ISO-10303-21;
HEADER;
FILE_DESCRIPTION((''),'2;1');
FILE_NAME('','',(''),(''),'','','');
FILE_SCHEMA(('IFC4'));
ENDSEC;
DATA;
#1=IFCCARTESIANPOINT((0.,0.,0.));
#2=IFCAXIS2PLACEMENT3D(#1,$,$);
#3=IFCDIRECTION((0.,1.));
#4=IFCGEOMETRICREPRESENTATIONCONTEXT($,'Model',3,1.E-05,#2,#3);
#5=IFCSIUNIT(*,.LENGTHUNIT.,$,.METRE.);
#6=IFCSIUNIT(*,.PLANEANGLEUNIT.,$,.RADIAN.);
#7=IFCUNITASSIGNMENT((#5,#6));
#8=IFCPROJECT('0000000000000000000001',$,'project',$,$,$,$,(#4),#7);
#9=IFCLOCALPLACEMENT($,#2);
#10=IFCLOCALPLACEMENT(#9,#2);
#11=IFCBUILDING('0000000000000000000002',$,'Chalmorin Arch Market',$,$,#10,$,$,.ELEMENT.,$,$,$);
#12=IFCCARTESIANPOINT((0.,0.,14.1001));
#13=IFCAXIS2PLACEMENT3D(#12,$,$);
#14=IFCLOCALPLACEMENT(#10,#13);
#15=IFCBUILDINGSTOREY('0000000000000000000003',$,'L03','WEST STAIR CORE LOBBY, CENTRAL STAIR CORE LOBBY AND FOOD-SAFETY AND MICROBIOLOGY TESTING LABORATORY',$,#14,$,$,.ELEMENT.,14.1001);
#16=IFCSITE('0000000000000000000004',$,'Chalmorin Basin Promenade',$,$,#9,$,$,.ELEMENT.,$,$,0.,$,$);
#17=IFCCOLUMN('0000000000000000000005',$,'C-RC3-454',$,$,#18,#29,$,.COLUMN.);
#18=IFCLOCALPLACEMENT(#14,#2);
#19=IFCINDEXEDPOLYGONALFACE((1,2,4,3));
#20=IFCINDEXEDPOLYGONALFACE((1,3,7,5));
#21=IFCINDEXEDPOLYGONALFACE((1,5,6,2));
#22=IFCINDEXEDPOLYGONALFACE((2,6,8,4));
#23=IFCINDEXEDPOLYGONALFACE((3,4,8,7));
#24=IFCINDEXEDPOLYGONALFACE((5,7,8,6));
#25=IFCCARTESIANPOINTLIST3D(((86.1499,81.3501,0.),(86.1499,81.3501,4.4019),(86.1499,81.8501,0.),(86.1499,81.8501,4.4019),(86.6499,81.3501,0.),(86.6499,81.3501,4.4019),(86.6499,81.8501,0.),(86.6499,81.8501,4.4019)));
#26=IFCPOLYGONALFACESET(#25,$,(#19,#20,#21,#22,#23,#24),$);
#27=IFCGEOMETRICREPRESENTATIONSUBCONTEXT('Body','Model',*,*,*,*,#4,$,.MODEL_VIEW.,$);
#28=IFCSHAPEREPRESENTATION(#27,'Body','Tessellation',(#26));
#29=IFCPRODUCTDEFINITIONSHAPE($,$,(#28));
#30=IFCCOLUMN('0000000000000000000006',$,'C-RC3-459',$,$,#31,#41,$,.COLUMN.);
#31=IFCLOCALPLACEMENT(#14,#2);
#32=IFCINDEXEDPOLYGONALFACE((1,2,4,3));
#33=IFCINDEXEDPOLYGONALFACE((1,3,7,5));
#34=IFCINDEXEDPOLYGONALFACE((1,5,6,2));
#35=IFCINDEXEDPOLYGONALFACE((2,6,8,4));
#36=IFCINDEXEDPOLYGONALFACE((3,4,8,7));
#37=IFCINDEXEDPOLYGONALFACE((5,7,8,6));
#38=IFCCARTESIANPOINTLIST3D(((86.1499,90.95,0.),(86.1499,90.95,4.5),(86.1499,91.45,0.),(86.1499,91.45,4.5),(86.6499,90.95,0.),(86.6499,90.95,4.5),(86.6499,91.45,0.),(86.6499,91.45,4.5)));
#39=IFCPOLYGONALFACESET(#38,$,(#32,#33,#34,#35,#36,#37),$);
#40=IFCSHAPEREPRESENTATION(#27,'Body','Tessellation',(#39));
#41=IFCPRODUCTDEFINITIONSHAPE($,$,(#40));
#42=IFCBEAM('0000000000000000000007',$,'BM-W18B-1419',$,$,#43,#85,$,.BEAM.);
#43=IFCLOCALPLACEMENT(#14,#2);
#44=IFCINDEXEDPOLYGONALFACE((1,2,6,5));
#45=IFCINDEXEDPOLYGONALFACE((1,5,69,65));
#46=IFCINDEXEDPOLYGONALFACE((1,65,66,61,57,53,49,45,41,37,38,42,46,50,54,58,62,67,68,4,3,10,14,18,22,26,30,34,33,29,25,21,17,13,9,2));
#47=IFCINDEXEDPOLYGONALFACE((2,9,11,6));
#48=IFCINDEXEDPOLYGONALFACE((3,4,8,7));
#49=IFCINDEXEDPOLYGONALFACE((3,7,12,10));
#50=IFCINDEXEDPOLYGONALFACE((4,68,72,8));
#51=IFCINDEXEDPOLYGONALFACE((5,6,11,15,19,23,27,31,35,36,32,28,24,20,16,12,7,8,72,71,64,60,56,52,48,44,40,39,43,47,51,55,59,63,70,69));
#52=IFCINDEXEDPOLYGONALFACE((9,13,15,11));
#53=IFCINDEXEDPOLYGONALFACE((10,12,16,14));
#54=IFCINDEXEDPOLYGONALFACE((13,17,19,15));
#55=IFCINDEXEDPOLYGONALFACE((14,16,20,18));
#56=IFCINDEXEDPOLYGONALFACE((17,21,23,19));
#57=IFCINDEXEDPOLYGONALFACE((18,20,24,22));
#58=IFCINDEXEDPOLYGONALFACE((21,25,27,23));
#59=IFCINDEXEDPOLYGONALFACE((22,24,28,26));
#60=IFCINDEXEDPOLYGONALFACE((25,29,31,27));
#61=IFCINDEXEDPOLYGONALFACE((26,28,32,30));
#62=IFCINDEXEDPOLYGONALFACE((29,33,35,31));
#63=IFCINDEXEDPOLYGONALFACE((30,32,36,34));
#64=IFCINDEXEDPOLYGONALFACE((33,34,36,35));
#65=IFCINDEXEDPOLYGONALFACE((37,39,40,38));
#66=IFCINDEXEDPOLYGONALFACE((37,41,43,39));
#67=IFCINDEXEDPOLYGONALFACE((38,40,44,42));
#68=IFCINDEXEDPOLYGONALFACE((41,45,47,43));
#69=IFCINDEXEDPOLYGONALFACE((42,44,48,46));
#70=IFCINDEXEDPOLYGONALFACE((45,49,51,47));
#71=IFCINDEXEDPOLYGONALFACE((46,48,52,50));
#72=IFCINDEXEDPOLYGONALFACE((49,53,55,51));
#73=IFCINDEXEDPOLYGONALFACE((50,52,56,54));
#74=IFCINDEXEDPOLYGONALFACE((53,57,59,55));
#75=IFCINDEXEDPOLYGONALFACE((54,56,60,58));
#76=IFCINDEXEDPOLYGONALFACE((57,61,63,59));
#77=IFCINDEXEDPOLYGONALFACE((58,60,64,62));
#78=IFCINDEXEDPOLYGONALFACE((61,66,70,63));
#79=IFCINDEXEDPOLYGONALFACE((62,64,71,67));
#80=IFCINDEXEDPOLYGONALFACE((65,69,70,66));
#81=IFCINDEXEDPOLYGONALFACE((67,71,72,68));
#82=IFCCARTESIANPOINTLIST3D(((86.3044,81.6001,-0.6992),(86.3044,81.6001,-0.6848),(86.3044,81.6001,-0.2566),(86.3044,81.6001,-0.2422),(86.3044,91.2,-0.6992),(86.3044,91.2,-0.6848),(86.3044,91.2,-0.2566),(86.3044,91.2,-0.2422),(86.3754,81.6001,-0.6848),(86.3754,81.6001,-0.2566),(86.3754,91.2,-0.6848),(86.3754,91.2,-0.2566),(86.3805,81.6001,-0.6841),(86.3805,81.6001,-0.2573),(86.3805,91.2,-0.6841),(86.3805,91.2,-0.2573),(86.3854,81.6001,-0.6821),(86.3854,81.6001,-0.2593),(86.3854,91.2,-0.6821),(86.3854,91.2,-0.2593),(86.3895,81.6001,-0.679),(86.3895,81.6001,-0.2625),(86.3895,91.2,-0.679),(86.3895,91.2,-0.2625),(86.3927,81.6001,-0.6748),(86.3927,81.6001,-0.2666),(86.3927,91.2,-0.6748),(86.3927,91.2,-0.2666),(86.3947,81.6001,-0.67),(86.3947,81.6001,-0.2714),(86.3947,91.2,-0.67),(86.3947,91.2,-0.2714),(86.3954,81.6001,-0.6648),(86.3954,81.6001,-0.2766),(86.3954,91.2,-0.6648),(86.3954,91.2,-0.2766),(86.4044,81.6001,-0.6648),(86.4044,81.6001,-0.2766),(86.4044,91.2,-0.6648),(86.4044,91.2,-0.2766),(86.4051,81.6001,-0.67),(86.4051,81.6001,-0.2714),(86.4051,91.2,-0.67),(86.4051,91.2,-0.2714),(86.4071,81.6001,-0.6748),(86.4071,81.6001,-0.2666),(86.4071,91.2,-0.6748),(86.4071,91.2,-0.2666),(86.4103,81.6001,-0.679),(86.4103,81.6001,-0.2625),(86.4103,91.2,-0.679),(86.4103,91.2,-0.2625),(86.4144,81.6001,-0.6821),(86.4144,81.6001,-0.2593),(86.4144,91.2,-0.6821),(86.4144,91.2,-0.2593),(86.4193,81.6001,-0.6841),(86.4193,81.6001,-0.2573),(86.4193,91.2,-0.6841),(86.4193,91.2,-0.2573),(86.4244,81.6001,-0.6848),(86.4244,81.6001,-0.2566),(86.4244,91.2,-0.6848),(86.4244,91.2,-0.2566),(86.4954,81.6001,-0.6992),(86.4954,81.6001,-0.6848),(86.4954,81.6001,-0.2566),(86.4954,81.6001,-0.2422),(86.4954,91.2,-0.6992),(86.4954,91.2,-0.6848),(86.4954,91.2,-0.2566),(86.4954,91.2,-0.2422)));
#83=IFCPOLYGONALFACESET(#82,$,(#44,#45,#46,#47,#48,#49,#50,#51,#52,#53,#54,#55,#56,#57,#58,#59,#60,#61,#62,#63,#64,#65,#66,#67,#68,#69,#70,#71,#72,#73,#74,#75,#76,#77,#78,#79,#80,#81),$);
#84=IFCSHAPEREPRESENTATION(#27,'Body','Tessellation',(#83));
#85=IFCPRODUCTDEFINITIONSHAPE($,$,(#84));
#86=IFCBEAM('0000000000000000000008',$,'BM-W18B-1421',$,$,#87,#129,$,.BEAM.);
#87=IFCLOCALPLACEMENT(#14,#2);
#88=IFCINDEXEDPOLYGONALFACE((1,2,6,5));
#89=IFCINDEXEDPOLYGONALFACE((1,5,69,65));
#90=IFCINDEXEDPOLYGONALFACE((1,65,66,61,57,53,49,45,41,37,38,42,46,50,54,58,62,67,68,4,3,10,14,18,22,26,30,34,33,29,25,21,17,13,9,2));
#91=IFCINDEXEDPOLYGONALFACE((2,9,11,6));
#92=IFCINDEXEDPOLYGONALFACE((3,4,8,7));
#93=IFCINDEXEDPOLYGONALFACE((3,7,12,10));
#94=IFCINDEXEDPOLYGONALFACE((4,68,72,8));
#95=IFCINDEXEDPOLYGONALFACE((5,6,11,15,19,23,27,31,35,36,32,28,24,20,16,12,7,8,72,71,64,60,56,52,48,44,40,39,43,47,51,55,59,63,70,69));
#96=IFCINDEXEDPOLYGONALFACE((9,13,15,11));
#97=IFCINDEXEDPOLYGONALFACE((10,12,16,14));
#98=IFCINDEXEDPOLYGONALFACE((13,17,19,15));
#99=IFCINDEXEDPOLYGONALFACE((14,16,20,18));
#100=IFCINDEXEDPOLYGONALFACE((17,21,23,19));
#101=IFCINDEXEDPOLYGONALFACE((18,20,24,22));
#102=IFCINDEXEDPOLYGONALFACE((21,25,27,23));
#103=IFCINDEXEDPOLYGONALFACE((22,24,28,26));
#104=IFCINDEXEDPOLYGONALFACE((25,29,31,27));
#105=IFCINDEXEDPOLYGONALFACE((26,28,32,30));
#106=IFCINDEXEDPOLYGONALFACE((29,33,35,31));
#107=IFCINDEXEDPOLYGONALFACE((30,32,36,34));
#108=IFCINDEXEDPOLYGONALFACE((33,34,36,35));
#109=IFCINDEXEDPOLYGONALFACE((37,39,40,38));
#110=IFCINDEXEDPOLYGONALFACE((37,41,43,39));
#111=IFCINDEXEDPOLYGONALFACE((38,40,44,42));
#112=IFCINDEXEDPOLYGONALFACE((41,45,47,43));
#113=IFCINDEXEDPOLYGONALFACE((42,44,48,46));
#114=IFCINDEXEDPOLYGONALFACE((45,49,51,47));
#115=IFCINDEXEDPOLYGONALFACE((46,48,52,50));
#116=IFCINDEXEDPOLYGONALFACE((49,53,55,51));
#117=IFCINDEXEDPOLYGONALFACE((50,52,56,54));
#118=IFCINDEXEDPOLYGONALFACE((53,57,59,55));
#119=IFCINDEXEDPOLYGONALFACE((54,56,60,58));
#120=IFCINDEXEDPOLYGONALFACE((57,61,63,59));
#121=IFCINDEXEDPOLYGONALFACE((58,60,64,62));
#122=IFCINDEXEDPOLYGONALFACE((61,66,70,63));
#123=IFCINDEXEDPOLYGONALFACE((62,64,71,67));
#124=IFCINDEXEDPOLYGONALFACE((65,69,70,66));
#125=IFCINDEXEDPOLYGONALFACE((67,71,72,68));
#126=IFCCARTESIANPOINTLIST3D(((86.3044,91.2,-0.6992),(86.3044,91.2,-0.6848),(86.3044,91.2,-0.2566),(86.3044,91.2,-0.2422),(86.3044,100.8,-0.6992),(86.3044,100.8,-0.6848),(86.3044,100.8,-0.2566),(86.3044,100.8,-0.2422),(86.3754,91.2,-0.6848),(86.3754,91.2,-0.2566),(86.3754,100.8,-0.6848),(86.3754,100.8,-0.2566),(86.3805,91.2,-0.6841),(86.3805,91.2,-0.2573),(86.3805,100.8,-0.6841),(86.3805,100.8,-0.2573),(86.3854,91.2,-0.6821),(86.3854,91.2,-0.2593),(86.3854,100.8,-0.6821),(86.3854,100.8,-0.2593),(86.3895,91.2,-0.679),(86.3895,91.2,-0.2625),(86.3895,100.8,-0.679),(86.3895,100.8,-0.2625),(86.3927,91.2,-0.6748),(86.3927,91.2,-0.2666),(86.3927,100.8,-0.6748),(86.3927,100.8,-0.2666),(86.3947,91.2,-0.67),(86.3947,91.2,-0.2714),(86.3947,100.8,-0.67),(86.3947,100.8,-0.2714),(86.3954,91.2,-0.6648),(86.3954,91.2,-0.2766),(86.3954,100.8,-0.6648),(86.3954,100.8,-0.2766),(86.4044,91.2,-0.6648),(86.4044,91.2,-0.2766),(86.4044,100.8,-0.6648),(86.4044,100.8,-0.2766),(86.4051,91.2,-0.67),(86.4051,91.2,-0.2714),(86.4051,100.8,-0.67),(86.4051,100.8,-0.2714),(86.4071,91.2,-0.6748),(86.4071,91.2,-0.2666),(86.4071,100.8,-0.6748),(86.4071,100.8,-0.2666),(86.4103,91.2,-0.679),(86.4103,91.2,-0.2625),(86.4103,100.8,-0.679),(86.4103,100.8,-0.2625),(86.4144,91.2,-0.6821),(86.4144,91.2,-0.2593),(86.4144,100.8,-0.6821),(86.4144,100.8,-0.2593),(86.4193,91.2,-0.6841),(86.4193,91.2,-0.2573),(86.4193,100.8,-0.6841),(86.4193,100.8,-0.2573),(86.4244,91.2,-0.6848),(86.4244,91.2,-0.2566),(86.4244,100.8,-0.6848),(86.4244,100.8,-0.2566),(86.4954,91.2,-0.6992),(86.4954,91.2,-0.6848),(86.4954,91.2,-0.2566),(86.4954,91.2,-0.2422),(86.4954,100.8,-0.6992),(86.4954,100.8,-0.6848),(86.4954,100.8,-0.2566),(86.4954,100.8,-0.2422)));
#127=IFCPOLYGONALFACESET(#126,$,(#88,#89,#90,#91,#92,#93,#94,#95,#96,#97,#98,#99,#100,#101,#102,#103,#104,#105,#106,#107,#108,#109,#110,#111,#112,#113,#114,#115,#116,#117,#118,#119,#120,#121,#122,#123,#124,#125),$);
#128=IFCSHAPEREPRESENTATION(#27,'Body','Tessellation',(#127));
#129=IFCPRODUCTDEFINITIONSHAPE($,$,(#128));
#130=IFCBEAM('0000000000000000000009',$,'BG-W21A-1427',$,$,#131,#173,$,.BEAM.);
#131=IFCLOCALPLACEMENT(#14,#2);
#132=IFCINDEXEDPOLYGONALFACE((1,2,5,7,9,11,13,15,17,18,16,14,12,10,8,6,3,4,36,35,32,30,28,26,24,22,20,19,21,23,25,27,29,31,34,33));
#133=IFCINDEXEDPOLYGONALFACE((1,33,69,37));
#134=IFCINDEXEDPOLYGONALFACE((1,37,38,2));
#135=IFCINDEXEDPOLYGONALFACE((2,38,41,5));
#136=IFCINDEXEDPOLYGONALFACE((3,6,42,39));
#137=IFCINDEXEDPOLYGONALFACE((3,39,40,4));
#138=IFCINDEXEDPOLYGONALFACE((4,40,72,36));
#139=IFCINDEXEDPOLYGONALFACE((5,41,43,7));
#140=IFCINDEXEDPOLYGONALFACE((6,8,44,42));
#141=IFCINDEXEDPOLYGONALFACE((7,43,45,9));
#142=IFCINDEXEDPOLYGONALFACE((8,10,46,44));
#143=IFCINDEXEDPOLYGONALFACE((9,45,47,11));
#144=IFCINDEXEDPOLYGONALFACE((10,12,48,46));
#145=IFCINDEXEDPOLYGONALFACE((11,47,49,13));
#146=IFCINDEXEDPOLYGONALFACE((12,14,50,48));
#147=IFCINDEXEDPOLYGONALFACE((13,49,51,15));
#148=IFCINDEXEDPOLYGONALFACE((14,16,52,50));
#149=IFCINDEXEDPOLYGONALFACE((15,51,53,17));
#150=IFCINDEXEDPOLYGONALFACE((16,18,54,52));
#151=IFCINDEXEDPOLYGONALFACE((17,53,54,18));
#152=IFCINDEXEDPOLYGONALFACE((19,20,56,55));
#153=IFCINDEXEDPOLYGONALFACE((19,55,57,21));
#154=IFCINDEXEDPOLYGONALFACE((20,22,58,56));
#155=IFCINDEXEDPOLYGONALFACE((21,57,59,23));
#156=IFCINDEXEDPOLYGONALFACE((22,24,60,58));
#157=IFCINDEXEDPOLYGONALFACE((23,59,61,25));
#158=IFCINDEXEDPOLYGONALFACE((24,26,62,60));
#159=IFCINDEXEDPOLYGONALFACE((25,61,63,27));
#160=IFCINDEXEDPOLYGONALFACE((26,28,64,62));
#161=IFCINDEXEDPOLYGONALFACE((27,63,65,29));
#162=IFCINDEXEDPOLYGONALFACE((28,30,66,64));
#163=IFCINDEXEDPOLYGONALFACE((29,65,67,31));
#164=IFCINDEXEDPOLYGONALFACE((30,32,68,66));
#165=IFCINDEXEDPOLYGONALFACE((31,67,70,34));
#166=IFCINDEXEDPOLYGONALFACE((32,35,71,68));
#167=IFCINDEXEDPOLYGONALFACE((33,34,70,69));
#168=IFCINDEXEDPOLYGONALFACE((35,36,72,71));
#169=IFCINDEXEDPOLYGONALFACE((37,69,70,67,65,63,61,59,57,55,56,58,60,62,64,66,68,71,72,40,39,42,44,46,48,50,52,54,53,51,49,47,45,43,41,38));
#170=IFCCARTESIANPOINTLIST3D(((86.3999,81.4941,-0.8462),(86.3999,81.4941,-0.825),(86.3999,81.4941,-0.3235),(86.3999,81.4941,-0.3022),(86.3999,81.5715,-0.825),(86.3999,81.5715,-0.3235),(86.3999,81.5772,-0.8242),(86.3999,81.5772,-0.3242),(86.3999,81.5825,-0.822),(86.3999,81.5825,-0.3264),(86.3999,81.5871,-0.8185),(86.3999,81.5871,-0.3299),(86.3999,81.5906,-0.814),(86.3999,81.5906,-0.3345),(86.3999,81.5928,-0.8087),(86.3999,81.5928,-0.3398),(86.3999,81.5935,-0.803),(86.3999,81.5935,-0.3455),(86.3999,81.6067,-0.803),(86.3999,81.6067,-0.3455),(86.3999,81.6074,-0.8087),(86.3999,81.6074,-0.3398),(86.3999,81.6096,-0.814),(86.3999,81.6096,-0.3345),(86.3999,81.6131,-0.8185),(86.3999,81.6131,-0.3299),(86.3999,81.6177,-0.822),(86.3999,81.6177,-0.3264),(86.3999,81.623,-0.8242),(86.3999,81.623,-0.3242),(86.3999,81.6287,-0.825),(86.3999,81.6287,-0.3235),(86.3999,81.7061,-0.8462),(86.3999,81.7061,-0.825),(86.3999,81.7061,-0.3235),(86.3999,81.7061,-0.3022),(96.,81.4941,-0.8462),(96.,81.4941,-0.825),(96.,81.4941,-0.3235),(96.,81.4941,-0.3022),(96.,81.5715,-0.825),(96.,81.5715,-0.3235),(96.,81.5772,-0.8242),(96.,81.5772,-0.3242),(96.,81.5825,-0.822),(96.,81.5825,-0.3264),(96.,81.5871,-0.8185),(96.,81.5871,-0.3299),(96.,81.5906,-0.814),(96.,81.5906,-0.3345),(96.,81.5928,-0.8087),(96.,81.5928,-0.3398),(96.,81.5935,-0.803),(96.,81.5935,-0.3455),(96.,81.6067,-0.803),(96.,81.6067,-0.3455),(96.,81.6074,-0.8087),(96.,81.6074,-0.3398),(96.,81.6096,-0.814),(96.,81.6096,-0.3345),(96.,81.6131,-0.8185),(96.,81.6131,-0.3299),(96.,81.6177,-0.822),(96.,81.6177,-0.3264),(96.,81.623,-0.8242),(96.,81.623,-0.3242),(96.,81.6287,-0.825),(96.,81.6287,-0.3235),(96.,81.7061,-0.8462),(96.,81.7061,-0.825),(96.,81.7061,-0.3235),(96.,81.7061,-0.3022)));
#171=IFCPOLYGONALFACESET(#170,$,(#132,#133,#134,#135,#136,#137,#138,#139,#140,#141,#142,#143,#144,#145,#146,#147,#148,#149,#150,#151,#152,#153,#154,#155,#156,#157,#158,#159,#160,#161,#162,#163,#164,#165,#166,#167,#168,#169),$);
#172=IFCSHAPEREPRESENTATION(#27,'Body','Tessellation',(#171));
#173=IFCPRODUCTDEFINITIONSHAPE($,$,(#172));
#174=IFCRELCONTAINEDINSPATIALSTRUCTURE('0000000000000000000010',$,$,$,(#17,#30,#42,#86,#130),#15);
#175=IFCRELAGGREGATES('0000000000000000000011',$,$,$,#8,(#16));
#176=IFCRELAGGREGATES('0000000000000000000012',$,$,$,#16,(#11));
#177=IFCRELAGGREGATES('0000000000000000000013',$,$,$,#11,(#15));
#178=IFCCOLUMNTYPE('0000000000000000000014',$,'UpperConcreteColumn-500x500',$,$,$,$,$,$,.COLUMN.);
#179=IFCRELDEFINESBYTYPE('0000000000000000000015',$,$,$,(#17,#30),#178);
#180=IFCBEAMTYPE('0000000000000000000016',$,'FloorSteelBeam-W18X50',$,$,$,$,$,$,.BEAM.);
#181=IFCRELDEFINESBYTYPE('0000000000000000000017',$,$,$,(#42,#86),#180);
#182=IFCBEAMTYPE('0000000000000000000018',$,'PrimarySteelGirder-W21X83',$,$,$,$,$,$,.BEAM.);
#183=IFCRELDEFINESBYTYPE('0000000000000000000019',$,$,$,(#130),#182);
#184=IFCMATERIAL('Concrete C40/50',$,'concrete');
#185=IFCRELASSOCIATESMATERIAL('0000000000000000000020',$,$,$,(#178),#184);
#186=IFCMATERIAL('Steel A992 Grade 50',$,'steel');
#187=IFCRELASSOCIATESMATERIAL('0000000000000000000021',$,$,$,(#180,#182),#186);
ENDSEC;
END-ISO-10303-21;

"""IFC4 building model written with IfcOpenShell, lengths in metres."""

from ifc_helpers import new_model, si_unit, direction, frame, origin, origin_2d, place, context, subcontext, project, spatial, rectangle, i_section, extrude, material, material_profile, profile_set, type_object, element, save


model = new_model("IFC4")

# Units and contexts
model_context = context("Model", 3, precision=1e-05, world=origin(), true_north=direction((0.0, 1.0)))
body_context = subcontext(model_context, "Body", "Model", "MODEL_VIEW")
ifc_project = project(units=[si_unit("LENGTHUNIT", "METRE"), si_unit("PLANEANGLEUNIT", "RADIAN")], contexts=[model_context])

# Site, building, storey
site_placement = place(None, origin())
site = spatial("IfcSite", under=ifc_project, at=site_placement, Name="Chalmorin Basin Promenade", CompositionType="ELEMENT", RefElevation=0.0)
building_placement = place(site_placement, origin())
building = spatial("IfcBuilding", under=site, at=building_placement, Name="Chalmorin Arch Market", CompositionType="ELEMENT")
storey_placement = place(building_placement, frame((0.0, 0.0, 14.1001)))
storey = spatial("IfcBuildingStorey", under=building, at=storey_placement, Name="L03", Description="WEST STAIR CORE LOBBY, CENTRAL STAIR CORE LOBBY AND FOOD-SAFETY AND MICROBIOLOGY TESTING LABORATORY", CompositionType="ELEMENT", Elevation=14.1001)

# Columns
ifc_material_1 = material(Name="Concrete C40/50", Category="concrete")
ifc_material_profile_1 = material_profile(ifc_material_1, rectangle(XDim=0.5, YDim=0.5, at=origin_2d()), Name="RC500X500")
ifc_profile_set_1 = profile_set([ifc_material_profile_1], Name="Concrete C40/50")
column_type = type_object("IfcColumnType", Name="UpperConcreteColumn-500x500", PredefinedType="COLUMN", material=ifc_profile_set_1)
column_1_placement = place(storey_placement, frame((86.3999, 81.6001, 0.0), z_axis=(0.0, 0.0, 1.0), x_axis=(1.0, 0.0, 0.0)))
element("IfcColumn", 1, at=column_1_placement, inside=storey, type_object=column_type, Name="C-RC3-454", PredefinedType="COLUMN", context=body_context, shape_type="SweptSolid", body=[
    extrude(rectangle(XDim=0.5, YDim=0.5, at=origin_2d()), origin(), (0.0, 0.0, 1.0), 4.4019),
])
column_2_placement = place(storey_placement, frame((86.3999, 91.2, 0.0), z_axis=(0.0, 0.0, 1.0), x_axis=(1.0, 0.0, 0.0)))
element("IfcColumn", 2, at=column_2_placement, inside=storey, type_object=column_type, Name="C-RC3-459", PredefinedType="COLUMN", context=body_context, shape_type="SweptSolid", body=[
    extrude(rectangle(XDim=0.5, YDim=0.5, at=origin_2d()), origin(), (0.0, 0.0, 1.0), 4.5),
])

# Beams
ifc_material_2 = material(Name="Steel A992 Grade 50", Category="steel")
ifc_material_profile_2 = material_profile(ifc_material_2, i_section(OverallWidth=0.1909, OverallDepth=0.457, WebThickness=0.009, FlangeThickness=0.0144, FilletRadius=0.02, at=origin_2d()), Name="W18X50")
ifc_profile_set_2 = profile_set([ifc_material_profile_2], Name="Steel A992 Grade 50")
beam_type_1 = type_object("IfcBeamType", Name="FloorSteelBeam-W18X50", PredefinedType="BEAM", material=ifc_profile_set_2)
beam_1_placement = place(storey_placement, frame((86.3999, 81.6001, -0.4707), z_axis=(0.0, 1.0, 0.0), x_axis=(-1.0, 0.0, 0.0)))
element("IfcBeam", 3, at=beam_1_placement, inside=storey, type_object=beam_type_1, Name="BM-W18B-1419", PredefinedType="BEAM", context=body_context, shape_type="SweptSolid", body=[
    extrude(i_section(OverallWidth=0.1909, OverallDepth=0.457, WebThickness=0.009, FlangeThickness=0.0144, FilletRadius=0.02, at=origin_2d()), origin(), (0.0, 0.0, 1.0), 9.5999),
])
beam_2_placement = place(storey_placement, frame((86.3999, 91.2, -0.4707), z_axis=(0.0, 1.0, 0.0), x_axis=(-1.0, 0.0, 0.0)))
element("IfcBeam", 4, at=beam_2_placement, inside=storey, type_object=beam_type_1, Name="BM-W18B-1421", PredefinedType="BEAM", context=body_context, shape_type="SweptSolid", body=[
    extrude(i_section(OverallWidth=0.1909, OverallDepth=0.457, WebThickness=0.009, FlangeThickness=0.0144, FilletRadius=0.02, at=origin_2d()), origin(), (0.0, 0.0, 1.0), 9.6001),
])
ifc_material_profile_3 = material_profile(ifc_material_2, i_section(OverallWidth=0.2119, OverallDepth=0.5439, WebThickness=0.0132, FlangeThickness=0.0212, FilletRadius=0.022, at=origin_2d()), Name="W21X83")
ifc_profile_set_3 = profile_set([ifc_material_profile_3], Name="Steel A992 Grade 50")
beam_type_2 = type_object("IfcBeamType", Name="PrimarySteelGirder-W21X83", PredefinedType="BEAM", material=ifc_profile_set_3)
for number, where, z_axis, x_axis, name in (
    (5, (86.3999, 81.6001, -0.5742), (1.0, 0.0, 0.0), (0.0, 1.0, 0.0), "BG-W21A-1427"),
):
    element("IfcBeam", number, at=place(storey_placement, frame(where, z_axis=z_axis, x_axis=x_axis)), inside=storey, type_object=beam_type_2, Name=name, PredefinedType="BEAM", context=body_context, shape_type="SweptSolid", body=[
        extrude(i_section(OverallWidth=0.2119, OverallDepth=0.5439, WebThickness=0.0132, FlangeThickness=0.0212, FilletRadius=0.022, at=origin_2d()), origin(), (0.0, 0.0, 1.0), 9.6001),
    ])

save(model, "model.ifc")
